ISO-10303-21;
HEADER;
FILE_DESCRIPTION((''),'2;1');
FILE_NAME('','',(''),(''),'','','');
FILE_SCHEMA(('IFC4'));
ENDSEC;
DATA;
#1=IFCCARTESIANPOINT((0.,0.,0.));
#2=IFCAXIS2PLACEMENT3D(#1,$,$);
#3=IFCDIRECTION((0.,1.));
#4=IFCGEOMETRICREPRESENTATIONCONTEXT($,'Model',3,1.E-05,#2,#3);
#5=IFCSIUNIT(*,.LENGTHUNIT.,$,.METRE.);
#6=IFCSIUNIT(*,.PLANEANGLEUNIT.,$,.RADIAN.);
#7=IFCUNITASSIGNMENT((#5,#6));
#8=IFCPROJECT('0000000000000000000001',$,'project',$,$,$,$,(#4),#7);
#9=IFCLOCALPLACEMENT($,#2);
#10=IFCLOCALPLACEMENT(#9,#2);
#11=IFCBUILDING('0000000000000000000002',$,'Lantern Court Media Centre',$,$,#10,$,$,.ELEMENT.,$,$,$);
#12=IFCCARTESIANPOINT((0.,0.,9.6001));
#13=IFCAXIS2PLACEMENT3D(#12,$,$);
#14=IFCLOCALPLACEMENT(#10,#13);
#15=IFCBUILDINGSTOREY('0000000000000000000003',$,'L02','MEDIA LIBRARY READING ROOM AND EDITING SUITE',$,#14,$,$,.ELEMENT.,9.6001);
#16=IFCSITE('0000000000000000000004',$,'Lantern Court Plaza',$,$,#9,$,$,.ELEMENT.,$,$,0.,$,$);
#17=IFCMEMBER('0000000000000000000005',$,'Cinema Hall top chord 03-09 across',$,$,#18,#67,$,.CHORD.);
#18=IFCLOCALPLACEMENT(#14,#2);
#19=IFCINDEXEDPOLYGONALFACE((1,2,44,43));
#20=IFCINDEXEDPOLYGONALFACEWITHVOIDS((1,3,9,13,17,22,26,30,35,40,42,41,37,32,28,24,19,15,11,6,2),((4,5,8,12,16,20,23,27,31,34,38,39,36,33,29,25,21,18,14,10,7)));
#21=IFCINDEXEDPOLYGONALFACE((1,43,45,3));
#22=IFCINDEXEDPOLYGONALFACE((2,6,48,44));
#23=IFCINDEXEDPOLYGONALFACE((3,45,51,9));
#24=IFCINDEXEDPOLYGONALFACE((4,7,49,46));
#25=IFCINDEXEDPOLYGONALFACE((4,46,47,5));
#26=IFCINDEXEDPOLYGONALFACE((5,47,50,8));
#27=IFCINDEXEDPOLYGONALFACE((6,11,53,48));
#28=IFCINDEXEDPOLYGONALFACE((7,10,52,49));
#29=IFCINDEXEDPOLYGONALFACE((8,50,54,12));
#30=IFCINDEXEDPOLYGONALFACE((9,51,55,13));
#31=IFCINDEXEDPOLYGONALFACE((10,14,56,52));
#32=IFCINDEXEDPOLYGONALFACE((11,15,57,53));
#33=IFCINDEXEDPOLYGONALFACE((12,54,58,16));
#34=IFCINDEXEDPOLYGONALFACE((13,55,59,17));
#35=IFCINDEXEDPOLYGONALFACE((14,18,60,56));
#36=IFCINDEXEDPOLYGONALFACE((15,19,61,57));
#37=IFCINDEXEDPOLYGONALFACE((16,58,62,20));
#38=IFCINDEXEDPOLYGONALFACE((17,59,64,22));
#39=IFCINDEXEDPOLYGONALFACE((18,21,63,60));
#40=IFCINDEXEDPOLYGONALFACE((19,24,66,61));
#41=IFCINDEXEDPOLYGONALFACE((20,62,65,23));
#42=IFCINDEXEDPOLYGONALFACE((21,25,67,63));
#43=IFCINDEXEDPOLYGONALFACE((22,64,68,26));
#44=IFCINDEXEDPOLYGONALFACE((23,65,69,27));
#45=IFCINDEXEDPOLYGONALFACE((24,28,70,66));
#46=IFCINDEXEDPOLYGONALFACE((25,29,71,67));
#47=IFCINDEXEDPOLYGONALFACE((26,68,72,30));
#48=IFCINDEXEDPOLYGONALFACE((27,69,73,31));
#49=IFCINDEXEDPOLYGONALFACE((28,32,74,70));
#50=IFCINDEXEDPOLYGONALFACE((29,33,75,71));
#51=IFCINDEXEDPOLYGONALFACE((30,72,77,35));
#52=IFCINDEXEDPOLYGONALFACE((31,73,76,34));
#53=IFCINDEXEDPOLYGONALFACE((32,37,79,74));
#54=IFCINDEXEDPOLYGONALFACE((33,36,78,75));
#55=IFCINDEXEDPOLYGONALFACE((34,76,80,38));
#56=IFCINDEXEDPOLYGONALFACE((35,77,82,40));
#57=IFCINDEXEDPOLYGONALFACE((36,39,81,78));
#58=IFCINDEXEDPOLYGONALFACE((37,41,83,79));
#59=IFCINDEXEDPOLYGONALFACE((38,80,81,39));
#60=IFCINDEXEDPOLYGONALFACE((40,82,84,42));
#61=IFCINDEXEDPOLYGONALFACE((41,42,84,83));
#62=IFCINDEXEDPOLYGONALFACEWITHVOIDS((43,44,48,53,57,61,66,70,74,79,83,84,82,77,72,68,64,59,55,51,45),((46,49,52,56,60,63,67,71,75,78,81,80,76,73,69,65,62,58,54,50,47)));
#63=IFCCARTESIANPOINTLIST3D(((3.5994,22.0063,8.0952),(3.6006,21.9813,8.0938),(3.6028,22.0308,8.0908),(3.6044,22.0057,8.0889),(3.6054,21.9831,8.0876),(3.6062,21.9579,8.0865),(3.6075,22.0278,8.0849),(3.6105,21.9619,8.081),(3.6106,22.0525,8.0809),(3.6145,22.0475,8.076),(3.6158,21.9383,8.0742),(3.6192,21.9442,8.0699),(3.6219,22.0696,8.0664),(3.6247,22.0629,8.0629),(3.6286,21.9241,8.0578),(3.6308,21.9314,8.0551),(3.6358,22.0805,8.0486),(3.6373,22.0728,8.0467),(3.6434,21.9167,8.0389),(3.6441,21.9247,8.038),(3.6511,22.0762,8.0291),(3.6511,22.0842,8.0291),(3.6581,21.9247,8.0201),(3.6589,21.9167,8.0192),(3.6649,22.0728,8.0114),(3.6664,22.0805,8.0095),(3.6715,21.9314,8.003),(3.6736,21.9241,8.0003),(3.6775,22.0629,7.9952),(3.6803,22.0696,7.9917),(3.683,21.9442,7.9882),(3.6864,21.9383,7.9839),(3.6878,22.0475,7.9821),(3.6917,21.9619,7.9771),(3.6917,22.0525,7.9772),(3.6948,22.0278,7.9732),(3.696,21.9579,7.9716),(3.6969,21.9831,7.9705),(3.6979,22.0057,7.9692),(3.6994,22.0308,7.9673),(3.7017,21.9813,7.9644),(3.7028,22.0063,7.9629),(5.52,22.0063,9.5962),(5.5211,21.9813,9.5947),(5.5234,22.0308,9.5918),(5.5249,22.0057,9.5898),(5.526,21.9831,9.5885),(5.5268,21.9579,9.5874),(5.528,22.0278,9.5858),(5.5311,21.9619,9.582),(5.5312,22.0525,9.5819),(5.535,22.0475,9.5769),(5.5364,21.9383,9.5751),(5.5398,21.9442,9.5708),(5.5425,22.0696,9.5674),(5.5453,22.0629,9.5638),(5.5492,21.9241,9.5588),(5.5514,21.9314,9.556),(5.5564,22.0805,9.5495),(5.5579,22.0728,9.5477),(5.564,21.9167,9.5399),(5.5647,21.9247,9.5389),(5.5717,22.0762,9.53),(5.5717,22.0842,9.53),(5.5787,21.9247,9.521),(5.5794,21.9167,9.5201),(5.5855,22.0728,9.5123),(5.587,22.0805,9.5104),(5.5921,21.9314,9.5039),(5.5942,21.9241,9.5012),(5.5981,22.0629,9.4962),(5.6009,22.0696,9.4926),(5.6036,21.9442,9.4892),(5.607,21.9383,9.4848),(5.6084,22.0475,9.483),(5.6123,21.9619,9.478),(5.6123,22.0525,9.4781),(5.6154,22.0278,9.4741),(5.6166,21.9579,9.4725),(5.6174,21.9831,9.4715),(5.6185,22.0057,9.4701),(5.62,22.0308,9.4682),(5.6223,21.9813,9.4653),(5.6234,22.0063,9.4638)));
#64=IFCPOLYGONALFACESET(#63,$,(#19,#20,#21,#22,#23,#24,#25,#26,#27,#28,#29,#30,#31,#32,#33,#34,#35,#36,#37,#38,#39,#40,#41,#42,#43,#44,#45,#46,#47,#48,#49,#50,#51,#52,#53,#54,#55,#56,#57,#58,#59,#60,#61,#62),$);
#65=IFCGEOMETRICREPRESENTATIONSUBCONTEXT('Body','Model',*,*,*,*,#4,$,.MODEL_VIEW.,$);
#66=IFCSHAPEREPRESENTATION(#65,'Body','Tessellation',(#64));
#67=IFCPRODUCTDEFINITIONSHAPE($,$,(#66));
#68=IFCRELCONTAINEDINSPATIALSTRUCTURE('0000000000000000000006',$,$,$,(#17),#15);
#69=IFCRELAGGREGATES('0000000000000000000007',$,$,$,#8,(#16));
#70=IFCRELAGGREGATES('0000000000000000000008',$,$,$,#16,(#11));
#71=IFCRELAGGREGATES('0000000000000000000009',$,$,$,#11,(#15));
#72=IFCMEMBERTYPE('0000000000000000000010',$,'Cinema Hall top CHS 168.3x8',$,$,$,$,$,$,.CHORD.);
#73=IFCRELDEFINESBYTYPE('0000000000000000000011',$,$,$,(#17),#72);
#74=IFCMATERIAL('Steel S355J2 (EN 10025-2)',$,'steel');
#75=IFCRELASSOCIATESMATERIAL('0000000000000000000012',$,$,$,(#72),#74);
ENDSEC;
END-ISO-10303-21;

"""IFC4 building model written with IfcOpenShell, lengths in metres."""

from ifc_helpers import new_model, si_unit, direction, frame, origin, origin_2d, place, context, subcontext, project, spatial, hollow_circle, extrude, material, material_profile, profile_set, type_object, element, save


model = new_model("IFC4")

# Units and contexts
model_context = context("Model", 3, precision=1e-05, world=origin(), true_north=direction((0.0, 1.0)))
body_context = subcontext(model_context, "Body", "Model", "MODEL_VIEW")
ifc_project = project(units=[si_unit("LENGTHUNIT", "METRE"), si_unit("PLANEANGLEUNIT", "RADIAN")], contexts=[model_context])

# Site, building, storey
site_placement = place(None, origin())
site = spatial("IfcSite", under=ifc_project, at=site_placement, Name="Lantern Court Plaza", CompositionType="ELEMENT", RefElevation=0.0)
building_placement = place(site_placement, origin())
building = spatial("IfcBuilding", under=site, at=building_placement, Name="Lantern Court Media Centre", CompositionType="ELEMENT")
storey_placement = place(building_placement, frame((0.0, 0.0, 9.6001)))
storey = spatial("IfcBuildingStorey", under=building, at=storey_placement, Name="L02", Description="MEDIA LIBRARY READING ROOM AND EDITING SUITE", CompositionType="ELEMENT", Elevation=9.6001)

# Member
ifc_material = material(Name="Steel S355J2 (EN 10025-2)", Category="steel")
ifc_material_profile_1 = material_profile(ifc_material, hollow_circle(Radius=0.0842, WallThickness=0.0081, at=origin_2d()), Name="Cinema Hall top CHS 168.3x8")
ifc_profile_set_1 = profile_set([ifc_material_profile_1], Name="Steel S355J2 (EN 10025-2)")
member_type_1 = type_object("IfcMemberType", Name="Cinema Hall top CHS 168.3x8", PredefinedType="CHORD", material=ifc_profile_set_1)
for number, where, z_axis, x_axis, name in (
    (1, (3.6511, 22.0, 8.0291), (0.787932, 0.0, 0.615763), (0.0, 1.0, 0.0), "Cinema Hall top chord 03-09 across"),
):
    element("IfcMember", number, at=place(storey_placement, frame(where, z_axis=z_axis, x_axis=x_axis)), inside=storey, type_object=member_type_1, Name=name, PredefinedType="CHORD", context=body_context, shape_type="SweptSolid", body=[
        extrude(hollow_circle(Radius=0.0842, WallThickness=0.0081, at=origin_2d()), origin(), (0.0, 0.0, 1.0), 2.4375),
    ])

save(model, "model.ifc")
